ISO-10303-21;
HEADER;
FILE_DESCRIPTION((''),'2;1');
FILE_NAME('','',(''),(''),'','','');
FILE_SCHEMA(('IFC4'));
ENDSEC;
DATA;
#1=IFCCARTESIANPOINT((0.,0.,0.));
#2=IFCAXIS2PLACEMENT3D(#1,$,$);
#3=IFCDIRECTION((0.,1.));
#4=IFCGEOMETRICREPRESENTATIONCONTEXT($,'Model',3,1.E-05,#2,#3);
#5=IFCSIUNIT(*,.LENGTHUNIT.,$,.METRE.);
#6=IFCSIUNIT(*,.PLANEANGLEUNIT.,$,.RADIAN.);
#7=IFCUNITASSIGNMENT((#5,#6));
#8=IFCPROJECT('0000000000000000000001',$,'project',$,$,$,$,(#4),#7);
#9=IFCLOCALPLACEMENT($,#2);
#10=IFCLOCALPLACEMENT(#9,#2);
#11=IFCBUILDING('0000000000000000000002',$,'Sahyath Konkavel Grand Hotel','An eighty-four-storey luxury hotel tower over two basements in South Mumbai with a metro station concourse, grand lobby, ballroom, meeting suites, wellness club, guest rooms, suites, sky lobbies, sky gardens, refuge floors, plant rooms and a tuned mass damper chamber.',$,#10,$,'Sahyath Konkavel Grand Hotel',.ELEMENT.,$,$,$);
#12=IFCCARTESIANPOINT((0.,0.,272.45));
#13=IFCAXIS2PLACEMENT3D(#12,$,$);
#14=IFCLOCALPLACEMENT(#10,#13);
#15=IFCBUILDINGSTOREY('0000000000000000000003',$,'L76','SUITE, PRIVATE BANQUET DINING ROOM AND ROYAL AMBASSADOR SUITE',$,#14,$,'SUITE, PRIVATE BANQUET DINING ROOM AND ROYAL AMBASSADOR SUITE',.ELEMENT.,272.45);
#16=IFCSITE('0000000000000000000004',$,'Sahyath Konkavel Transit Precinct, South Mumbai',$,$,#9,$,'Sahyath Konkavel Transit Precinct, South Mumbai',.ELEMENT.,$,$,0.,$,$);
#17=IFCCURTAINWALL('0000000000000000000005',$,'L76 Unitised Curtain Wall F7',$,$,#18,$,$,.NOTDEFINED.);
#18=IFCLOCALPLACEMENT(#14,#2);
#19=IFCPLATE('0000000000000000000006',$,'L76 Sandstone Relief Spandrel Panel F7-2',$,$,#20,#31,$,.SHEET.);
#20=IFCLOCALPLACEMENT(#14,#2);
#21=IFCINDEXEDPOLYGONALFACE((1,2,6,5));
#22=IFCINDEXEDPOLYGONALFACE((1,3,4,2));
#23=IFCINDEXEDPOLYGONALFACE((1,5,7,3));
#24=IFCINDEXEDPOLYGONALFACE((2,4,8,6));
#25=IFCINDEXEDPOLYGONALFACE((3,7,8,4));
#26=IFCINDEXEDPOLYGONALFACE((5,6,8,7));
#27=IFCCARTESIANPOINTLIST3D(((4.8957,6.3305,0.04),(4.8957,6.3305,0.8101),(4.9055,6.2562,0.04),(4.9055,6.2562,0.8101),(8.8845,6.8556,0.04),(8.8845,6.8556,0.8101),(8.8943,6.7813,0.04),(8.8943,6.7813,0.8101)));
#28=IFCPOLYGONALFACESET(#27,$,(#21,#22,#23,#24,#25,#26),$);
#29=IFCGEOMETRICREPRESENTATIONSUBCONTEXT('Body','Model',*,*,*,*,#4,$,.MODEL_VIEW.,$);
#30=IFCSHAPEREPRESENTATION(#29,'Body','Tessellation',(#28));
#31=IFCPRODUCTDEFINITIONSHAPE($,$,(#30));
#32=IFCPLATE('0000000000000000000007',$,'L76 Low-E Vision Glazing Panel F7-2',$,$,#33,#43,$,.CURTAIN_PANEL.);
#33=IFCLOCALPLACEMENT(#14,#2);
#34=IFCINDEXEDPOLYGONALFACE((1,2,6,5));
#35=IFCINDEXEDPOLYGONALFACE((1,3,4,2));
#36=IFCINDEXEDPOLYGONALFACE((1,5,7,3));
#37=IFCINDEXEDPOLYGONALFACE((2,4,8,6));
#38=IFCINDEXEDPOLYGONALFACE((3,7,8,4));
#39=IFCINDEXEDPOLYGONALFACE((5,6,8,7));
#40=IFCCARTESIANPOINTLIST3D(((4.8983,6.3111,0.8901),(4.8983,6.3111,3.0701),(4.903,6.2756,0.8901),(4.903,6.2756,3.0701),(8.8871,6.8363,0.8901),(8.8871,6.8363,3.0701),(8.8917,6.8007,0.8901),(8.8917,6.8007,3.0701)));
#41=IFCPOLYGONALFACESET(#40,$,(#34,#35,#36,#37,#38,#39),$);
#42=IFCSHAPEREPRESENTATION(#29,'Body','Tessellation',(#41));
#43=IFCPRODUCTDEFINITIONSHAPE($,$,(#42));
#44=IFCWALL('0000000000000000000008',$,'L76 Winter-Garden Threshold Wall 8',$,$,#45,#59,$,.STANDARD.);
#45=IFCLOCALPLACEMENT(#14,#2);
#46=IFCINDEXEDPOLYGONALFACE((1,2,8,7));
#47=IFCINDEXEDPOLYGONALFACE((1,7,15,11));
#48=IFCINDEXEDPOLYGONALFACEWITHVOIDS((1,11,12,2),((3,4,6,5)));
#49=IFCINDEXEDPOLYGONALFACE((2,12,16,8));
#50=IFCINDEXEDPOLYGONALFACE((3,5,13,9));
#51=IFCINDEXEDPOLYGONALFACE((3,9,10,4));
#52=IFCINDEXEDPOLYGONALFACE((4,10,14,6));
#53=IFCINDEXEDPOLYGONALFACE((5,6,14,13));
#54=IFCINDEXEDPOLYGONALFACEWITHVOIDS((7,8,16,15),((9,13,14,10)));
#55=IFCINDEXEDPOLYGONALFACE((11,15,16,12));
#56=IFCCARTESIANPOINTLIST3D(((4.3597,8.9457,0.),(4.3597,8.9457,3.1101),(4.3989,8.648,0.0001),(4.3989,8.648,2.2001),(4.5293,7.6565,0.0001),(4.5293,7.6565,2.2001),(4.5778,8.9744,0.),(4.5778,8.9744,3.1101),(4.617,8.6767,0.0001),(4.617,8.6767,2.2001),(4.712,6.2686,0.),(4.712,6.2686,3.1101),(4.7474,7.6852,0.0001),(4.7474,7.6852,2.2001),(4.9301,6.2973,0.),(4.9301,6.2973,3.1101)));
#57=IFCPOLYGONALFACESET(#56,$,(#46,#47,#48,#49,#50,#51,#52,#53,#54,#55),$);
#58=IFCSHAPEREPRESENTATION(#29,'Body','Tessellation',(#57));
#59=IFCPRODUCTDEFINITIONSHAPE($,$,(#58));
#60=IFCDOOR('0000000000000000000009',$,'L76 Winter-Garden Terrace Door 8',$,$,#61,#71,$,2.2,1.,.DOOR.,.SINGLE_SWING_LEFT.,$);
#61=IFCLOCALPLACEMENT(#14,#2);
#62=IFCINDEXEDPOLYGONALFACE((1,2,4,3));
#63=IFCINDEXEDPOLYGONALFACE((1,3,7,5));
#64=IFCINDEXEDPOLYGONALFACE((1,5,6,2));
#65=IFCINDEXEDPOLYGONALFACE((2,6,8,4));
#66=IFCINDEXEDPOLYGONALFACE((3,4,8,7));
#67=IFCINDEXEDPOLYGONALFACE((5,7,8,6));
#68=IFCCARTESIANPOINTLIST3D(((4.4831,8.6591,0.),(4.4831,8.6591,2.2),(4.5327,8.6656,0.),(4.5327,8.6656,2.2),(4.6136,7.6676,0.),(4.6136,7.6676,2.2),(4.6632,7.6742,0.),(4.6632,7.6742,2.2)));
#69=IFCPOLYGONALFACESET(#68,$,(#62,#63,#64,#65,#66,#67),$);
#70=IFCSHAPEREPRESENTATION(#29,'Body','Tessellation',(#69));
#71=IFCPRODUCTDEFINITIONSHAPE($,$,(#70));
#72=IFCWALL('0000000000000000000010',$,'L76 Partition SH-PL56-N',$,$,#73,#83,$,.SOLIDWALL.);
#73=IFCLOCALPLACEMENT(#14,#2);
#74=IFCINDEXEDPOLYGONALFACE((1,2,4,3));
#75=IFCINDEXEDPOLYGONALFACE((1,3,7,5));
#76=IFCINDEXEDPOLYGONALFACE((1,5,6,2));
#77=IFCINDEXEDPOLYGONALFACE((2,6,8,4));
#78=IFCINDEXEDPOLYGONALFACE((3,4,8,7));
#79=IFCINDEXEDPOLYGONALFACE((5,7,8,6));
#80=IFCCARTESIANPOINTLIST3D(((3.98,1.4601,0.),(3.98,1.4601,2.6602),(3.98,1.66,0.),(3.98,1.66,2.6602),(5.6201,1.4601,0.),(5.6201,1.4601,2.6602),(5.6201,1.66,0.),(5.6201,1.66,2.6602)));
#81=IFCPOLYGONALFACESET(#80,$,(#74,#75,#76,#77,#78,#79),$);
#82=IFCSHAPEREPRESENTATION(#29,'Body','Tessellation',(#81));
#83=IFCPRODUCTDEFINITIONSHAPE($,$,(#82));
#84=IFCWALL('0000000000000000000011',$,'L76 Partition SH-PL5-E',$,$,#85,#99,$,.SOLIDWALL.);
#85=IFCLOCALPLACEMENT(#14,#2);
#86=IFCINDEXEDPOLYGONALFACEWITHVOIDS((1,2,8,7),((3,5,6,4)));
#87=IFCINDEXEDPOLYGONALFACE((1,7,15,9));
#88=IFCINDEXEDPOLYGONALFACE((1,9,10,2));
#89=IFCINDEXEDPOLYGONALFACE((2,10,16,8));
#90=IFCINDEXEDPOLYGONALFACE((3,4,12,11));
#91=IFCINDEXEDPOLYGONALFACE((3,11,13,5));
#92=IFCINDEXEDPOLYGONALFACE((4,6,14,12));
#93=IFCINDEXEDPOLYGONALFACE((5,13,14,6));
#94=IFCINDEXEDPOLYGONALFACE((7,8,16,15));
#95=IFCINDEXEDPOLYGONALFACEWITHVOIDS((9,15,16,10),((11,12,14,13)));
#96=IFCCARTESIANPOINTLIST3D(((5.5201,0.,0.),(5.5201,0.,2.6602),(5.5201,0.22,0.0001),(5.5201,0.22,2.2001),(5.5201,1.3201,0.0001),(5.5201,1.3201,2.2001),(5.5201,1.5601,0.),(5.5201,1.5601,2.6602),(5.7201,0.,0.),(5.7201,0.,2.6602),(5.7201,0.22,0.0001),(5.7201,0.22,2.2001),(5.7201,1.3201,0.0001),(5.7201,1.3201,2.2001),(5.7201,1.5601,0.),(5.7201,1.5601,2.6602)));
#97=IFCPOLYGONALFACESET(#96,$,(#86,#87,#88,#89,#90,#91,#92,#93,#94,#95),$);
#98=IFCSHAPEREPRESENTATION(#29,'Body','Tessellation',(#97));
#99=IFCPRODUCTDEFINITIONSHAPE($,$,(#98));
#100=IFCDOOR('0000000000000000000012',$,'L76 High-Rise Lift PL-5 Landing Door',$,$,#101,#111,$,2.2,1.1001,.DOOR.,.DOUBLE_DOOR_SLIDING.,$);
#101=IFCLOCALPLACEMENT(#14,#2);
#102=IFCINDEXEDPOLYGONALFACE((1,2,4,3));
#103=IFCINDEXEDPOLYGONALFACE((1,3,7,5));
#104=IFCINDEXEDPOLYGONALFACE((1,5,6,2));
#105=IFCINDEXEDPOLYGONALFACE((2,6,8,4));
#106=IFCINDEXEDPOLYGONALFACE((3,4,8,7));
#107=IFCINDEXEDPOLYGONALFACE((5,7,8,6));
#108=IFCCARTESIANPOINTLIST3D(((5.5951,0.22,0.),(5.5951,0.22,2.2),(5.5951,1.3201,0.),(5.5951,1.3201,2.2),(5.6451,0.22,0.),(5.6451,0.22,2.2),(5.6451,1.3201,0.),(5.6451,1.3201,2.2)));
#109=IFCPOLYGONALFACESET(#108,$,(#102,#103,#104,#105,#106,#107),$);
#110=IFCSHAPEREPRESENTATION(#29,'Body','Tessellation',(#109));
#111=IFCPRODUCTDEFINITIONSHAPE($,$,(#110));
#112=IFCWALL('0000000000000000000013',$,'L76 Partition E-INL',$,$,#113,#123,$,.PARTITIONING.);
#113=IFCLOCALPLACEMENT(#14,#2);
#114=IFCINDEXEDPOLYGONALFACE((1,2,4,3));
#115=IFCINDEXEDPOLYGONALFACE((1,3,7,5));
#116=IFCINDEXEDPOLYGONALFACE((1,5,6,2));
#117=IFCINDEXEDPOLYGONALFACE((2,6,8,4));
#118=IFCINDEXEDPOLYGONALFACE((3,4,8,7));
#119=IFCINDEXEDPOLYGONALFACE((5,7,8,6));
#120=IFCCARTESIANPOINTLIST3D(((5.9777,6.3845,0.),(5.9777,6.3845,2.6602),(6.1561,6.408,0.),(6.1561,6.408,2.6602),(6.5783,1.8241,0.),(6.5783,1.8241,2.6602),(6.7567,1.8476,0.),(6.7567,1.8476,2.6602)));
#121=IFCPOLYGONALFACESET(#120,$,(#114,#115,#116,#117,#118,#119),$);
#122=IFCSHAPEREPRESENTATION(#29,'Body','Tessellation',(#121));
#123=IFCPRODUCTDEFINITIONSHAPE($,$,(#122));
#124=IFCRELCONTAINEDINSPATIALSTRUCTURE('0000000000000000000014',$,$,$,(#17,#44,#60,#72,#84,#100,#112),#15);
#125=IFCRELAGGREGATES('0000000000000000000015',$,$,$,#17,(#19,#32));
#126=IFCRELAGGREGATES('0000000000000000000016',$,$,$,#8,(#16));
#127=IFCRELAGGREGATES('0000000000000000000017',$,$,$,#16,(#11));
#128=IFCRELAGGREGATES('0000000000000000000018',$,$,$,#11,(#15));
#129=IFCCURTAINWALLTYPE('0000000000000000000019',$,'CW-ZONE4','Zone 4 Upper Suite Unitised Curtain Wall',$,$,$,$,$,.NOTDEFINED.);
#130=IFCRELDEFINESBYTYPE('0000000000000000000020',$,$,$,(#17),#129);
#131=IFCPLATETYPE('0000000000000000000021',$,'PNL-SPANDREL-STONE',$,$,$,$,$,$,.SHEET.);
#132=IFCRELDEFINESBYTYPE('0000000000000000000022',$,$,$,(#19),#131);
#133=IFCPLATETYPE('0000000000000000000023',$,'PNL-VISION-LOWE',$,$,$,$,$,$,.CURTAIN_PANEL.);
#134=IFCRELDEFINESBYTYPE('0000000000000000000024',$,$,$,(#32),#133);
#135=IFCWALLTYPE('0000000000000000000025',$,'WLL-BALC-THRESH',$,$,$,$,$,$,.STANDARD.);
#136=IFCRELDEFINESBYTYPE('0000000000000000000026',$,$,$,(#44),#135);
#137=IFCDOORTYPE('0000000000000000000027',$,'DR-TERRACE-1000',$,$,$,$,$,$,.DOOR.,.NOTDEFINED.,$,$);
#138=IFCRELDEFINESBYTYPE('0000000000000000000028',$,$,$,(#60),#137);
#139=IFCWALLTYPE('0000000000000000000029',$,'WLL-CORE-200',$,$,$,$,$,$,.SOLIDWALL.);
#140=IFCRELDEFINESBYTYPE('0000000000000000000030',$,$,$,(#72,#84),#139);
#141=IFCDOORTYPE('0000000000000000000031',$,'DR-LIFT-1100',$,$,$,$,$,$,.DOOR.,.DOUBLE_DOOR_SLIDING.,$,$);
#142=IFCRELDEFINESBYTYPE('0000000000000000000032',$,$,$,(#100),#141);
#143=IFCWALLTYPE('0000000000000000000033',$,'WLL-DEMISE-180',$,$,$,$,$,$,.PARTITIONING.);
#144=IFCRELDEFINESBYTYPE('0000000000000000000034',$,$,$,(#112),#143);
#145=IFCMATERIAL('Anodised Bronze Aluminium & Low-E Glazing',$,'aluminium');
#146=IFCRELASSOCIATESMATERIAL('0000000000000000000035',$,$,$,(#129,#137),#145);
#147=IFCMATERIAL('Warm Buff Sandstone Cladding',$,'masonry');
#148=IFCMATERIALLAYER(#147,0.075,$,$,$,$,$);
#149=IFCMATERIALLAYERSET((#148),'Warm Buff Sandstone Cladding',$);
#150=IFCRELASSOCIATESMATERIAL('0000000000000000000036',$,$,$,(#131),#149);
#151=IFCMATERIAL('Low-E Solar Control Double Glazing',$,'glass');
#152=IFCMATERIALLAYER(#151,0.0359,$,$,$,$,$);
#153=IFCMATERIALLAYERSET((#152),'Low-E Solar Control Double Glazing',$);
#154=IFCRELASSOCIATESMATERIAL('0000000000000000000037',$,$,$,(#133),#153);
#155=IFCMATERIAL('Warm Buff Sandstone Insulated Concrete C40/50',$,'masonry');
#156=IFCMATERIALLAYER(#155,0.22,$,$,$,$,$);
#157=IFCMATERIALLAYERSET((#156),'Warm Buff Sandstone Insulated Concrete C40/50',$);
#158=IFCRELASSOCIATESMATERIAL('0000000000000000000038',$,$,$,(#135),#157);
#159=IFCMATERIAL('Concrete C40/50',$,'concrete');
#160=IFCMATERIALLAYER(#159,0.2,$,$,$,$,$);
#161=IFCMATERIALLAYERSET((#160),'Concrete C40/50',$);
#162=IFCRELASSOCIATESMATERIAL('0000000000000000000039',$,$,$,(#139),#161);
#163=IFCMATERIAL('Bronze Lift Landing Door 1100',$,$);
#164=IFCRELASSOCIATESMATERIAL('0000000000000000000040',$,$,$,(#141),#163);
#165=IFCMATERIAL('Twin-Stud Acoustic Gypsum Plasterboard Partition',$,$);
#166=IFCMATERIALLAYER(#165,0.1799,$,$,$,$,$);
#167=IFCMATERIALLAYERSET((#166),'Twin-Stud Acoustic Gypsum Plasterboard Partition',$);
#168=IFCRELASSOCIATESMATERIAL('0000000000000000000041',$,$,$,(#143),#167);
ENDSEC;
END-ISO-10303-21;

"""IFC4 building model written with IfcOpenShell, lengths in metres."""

from ifc_helpers import new_model, si_unit, direction, frame, frame_2d, origin, origin_2d, place, context, subcontext, project, spatial, rectangle, extrude, source, transform, mapped, material, layer, layer_set, type_object, element, fill, aggregate, save


model = new_model("IFC4")

# Units and contexts
model_context = context("Model", 3, precision=1e-05, world=origin(), true_north=direction((0.0, 1.0)))
body_context = subcontext(model_context, "Body", "Model", "MODEL_VIEW")
ifc_project = project(units=[si_unit("LENGTHUNIT", "METRE"), si_unit("PLANEANGLEUNIT", "RADIAN")], contexts=[model_context])

# Site, building, storey
site_placement = place(None, origin())
site = spatial("IfcSite", under=ifc_project, at=site_placement, Name="Sahyath Konkavel Transit Precinct, South Mumbai", LongName="Sahyath Konkavel Transit Precinct, South Mumbai", CompositionType="ELEMENT", RefElevation=0.0)
building_placement = place(site_placement, origin())
building = spatial("IfcBuilding", under=site, at=building_placement, Name="Sahyath Konkavel Grand Hotel", Description="An eighty-four-storey luxury hotel tower over two basements in South Mumbai with a metro station concourse, grand lobby, ballroom, meeting suites, wellness club, guest rooms, suites, sky lobbies, sky gardens, refuge floors, plant rooms and a tuned mass damper chamber.", LongName="Sahyath Konkavel Grand Hotel", CompositionType="ELEMENT")
storey_placement = place(building_placement, frame((0.0, 0.0, 272.45)))
storey = spatial("IfcBuildingStorey", under=building, at=storey_placement, Name="L76", Description="SUITE, PRIVATE BANQUET DINING ROOM AND ROYAL AMBASSADOR SUITE", LongName="SUITE, PRIVATE BANQUET DINING ROOM AND ROYAL AMBASSADOR SUITE", CompositionType="ELEMENT", Elevation=272.45)

# Shared definitions
ifc_material_1 = material(Name="Concrete C40/50", Category="concrete")

# Curtain wall, plates
ifc_material_2 = material(Name="Anodised Bronze Aluminium & Low-E Glazing", Category="aluminium")
curtain_wall_type = type_object("IfcCurtainWallType", Name="CW-ZONE4", Description="Zone 4 Upper Suite Unitised Curtain Wall", PredefinedType="NOTDEFINED", material=ifc_material_2)
curtain_wall_placement = place(storey_placement, origin())
curtain_wall = element("IfcCurtainWall", 1, at=curtain_wall_placement, inside=storey, type_object=curtain_wall_type, Name="L76 Unitised Curtain Wall F7", PredefinedType="NOTDEFINED")
ifc_material_3 = material(Name="Warm Buff Sandstone Cladding", Category="masonry")
ifc_layer_1 = layer(ifc_material_3, 0.075)
ifc_layer_set_1 = layer_set([ifc_layer_1], Name="Warm Buff Sandstone Cladding")
plate_type_1 = type_object("IfcPlateType", Name="PNL-SPANDREL-STONE", PredefinedType="SHEET", material=ifc_layer_set_1)
shared_shape_1 = source(origin(), body_context, "Body", "SweptSolid", [
    extrude(rectangle(XDim=4.0232, YDim=0.075, at=origin_2d()), origin(), (0.0, 0.0, 1.0), 0.77),
])
plate_1_placement = place(storey_placement, frame((6.895, 6.5559, 0.04), z_axis=(0.0, 0.0, 1.0), x_axis=(-0.991445, -0.130526, 0.0)))
plate_1 = element("IfcPlate", 2, at=plate_1_placement, type_object=plate_type_1, Name="L76 Sandstone Relief Spandrel Panel F7-2", PredefinedType="SHEET", context=body_context, shape_type="MappedRepresentation", body=[
    mapped(shared_shape_1, transform((0.0, 0.0, 0.0), scale=1.0)),
])
ifc_material_4 = material(Name="Low-E Solar Control Double Glazing", Category="glass")
ifc_layer_2 = layer(ifc_material_4, 0.0359)
ifc_layer_set_2 = layer_set([ifc_layer_2], Name="Low-E Solar Control Double Glazing")
plate_type_2 = type_object("IfcPlateType", Name="PNL-VISION-LOWE", PredefinedType="CURTAIN_PANEL", material=ifc_layer_set_2)
shared_shape_2 = source(origin(), body_context, "Body", "SweptSolid", [
    extrude(rectangle(XDim=4.0232, YDim=0.0359, at=origin_2d()), origin(), (0.0, 0.0, 1.0), 2.1799),
])
plate_2_placement = place(storey_placement, frame((6.895, 6.5559, 0.8901), z_axis=(0.0, 0.0, 1.0), x_axis=(-0.991445, -0.130526, 0.0)))
plate_2 = element("IfcPlate", 3, at=plate_2_placement, type_object=plate_type_2, Name="L76 Low-E Vision Glazing Panel F7-2", PredefinedType="CURTAIN_PANEL", context=body_context, shape_type="MappedRepresentation", body=[
    mapped(shared_shape_2, transform((0.0, 0.0, 0.0), scale=1.0)),
])
aggregate(curtain_wall, [plate_1, plate_2])

# Wall, opening, door
ifc_material_5 = material(Name="Warm Buff Sandstone Insulated Concrete C40/50", Category="masonry")
ifc_layer_3 = layer(ifc_material_5, 0.22)
ifc_layer_set_3 = layer_set([ifc_layer_3], Name="Warm Buff Sandstone Insulated Concrete C40/50")
wall_type_1 = type_object("IfcWallType", Name="WLL-BALC-THRESH", PredefinedType="STANDARD", material=ifc_layer_set_3)
wall_1_placement = place(storey_placement, frame((4.821, 6.283, 0.0), z_axis=(0.0, 0.0, 1.0), x_axis=(-0.130476, 0.991452, 0.0)))
wall_1 = element("IfcWall", 4, at=wall_1_placement, inside=storey, type_object=wall_type_1, Name="L76 Winter-Garden Threshold Wall 8", PredefinedType="STANDARD", context=body_context, shape_type="SweptSolid", body=[
    extrude(rectangle(XDim=2.7002, YDim=0.22, at=frame_2d((1.3501, 0.0))), origin(), (0.0, 0.0, 1.0), 3.1101),
])
opening_1_placement = place(wall_1_placement, frame((1.3999, 0.0, 0.0)))
opening_1 = element("IfcOpeningElement", 5, at=opening_1_placement, cuts=wall_1, PredefinedType="OPENING", context=body_context, shape_type="SweptSolid", body=[
    extrude(rectangle(XDim=1.0, YDim=2.2, at=frame_2d((0.5, 1.1001))), frame((0.0, 0.1201, 0.0), z_axis=(0.0, -1.0, 0.0), x_axis=(1.0, 0.0, 0.0)), (0.0, 0.0, 1.0), 0.24),
])
door_type_1 = type_object("IfcDoorType", Name="DR-TERRACE-1000", OperationType="NOTDEFINED", PredefinedType="DOOR", material=ifc_material_2)
shared_shape_3 = source(origin(), body_context, "Body", "SweptSolid", [
    extrude(rectangle(XDim=1.0, YDim=0.05, at=origin_2d()), origin(), (0.0, 0.0, 1.0), 2.2),
])
door_1_placement = place(opening_1_placement, frame((0.5, 0.0, 0.0)))
door_1 = element("IfcDoor", 6, at=door_1_placement, inside=storey, type_object=door_type_1, Name="L76 Winter-Garden Terrace Door 8", OperationType="SINGLE_SWING_LEFT", OverallHeight=2.2, OverallWidth=1.0, PredefinedType="DOOR", context=body_context, shape_type="MappedRepresentation", body=[
    mapped(shared_shape_3, transform((0.0, 0.0, 0.0), scale=1.0)),
])
fill(opening_1, door_1)

# Wall
ifc_layer_4 = layer(ifc_material_1, 0.2)
ifc_layer_set_4 = layer_set([ifc_layer_4], Name="Concrete C40/50")
wall_type_2 = type_object("IfcWallType", Name="WLL-CORE-200", PredefinedType="SOLIDWALL", material=ifc_layer_set_4)
wall_2_placement = place(storey_placement, frame((3.98, 1.5601, 0.0), z_axis=(0.0, 0.0, 1.0), x_axis=(1.0, 0.0, 0.0)))
element("IfcWall", 7, at=wall_2_placement, inside=storey, type_object=wall_type_2, Name="L76 Partition SH-PL56-N", PredefinedType="SOLIDWALL", context=body_context, shape_type="SweptSolid", body=[
    extrude(rectangle(XDim=1.6401, YDim=0.2, at=frame_2d((0.8201, 0.0))), origin(), (0.0, 0.0, 1.0), 2.6602),
])

# Wall, opening, door
wall_3_placement = place(storey_placement, frame((5.6201, 0.0, 0.0), z_axis=(0.0, 0.0, 1.0), x_axis=(0.0, 1.0, 0.0)))
wall_3 = element("IfcWall", 8, at=wall_3_placement, inside=storey, type_object=wall_type_2, Name="L76 Partition SH-PL5-E", PredefinedType="SOLIDWALL", context=body_context, shape_type="SweptSolid", body=[
    extrude(rectangle(XDim=1.5601, YDim=0.2, at=frame_2d((0.78, 0.0))), origin(), (0.0, 0.0, 1.0), 2.6602),
])
opening_2_placement = place(wall_3_placement, frame((0.22, 0.0, 0.0)))
opening_2 = element("IfcOpeningElement", 9, at=opening_2_placement, cuts=wall_3, PredefinedType="OPENING", context=body_context, shape_type="SweptSolid", body=[
    extrude(rectangle(XDim=1.1001, YDim=2.2, at=frame_2d((0.55, 1.1001))), frame((0.0, 0.1099, 0.0), z_axis=(0.0, -1.0, 0.0), x_axis=(1.0, 0.0, 0.0)), (0.0, 0.0, 1.0), 0.22),
])
ifc_material_6 = material(Name="Bronze Lift Landing Door 1100")
door_type_2 = type_object("IfcDoorType", Name="DR-LIFT-1100", OperationType="DOUBLE_DOOR_SLIDING", PredefinedType="DOOR", material=ifc_material_6)
shared_shape_4 = source(origin(), body_context, "Body", "SweptSolid", [
    extrude(rectangle(XDim=1.1001, YDim=0.05, at=origin_2d()), origin(), (0.0, 0.0, 1.0), 2.2),
])
door_2_placement = place(opening_2_placement, frame((0.55, 0.0, 0.0)))
door_2 = element("IfcDoor", 10, at=door_2_placement, inside=storey, type_object=door_type_2, Name="L76 High-Rise Lift PL-5 Landing Door", OperationType="DOUBLE_DOOR_SLIDING", OverallHeight=2.2, OverallWidth=1.1001, PredefinedType="DOOR", context=body_context, shape_type="MappedRepresentation", body=[
    mapped(shared_shape_4, transform((0.0, 0.0, 0.0), scale=1.0)),
])
fill(opening_2, door_2)

# Wall
ifc_material_7 = material(Name="Twin-Stud Acoustic Gypsum Plasterboard Partition")
ifc_layer_5 = layer(ifc_material_7, 0.1799)
ifc_layer_set_5 = layer_set([ifc_layer_5], Name="Twin-Stud Acoustic Gypsum Plasterboard Partition")
wall_type_3 = type_object("IfcWallType", Name="WLL-DEMISE-180", PredefinedType="PARTITIONING", material=ifc_layer_set_5)
wall_4_placement = place(storey_placement, frame((6.6675, 1.8359, 0.0), z_axis=(0.0, 0.0, 1.0), x_axis=(-0.130564, 0.99144, 0.0)))
element("IfcWall", 11, at=wall_4_placement, inside=storey, type_object=wall_type_3, Name="L76 Partition E-INL", PredefinedType="PARTITIONING", context=body_context, shape_type="SweptSolid", body=[
    extrude(rectangle(XDim=4.5999, YDim=0.1799, at=frame_2d((2.2998, 0.0))), origin(), (0.0, 0.0, 1.0), 2.6602),
])

save(model, "model.ifc")
